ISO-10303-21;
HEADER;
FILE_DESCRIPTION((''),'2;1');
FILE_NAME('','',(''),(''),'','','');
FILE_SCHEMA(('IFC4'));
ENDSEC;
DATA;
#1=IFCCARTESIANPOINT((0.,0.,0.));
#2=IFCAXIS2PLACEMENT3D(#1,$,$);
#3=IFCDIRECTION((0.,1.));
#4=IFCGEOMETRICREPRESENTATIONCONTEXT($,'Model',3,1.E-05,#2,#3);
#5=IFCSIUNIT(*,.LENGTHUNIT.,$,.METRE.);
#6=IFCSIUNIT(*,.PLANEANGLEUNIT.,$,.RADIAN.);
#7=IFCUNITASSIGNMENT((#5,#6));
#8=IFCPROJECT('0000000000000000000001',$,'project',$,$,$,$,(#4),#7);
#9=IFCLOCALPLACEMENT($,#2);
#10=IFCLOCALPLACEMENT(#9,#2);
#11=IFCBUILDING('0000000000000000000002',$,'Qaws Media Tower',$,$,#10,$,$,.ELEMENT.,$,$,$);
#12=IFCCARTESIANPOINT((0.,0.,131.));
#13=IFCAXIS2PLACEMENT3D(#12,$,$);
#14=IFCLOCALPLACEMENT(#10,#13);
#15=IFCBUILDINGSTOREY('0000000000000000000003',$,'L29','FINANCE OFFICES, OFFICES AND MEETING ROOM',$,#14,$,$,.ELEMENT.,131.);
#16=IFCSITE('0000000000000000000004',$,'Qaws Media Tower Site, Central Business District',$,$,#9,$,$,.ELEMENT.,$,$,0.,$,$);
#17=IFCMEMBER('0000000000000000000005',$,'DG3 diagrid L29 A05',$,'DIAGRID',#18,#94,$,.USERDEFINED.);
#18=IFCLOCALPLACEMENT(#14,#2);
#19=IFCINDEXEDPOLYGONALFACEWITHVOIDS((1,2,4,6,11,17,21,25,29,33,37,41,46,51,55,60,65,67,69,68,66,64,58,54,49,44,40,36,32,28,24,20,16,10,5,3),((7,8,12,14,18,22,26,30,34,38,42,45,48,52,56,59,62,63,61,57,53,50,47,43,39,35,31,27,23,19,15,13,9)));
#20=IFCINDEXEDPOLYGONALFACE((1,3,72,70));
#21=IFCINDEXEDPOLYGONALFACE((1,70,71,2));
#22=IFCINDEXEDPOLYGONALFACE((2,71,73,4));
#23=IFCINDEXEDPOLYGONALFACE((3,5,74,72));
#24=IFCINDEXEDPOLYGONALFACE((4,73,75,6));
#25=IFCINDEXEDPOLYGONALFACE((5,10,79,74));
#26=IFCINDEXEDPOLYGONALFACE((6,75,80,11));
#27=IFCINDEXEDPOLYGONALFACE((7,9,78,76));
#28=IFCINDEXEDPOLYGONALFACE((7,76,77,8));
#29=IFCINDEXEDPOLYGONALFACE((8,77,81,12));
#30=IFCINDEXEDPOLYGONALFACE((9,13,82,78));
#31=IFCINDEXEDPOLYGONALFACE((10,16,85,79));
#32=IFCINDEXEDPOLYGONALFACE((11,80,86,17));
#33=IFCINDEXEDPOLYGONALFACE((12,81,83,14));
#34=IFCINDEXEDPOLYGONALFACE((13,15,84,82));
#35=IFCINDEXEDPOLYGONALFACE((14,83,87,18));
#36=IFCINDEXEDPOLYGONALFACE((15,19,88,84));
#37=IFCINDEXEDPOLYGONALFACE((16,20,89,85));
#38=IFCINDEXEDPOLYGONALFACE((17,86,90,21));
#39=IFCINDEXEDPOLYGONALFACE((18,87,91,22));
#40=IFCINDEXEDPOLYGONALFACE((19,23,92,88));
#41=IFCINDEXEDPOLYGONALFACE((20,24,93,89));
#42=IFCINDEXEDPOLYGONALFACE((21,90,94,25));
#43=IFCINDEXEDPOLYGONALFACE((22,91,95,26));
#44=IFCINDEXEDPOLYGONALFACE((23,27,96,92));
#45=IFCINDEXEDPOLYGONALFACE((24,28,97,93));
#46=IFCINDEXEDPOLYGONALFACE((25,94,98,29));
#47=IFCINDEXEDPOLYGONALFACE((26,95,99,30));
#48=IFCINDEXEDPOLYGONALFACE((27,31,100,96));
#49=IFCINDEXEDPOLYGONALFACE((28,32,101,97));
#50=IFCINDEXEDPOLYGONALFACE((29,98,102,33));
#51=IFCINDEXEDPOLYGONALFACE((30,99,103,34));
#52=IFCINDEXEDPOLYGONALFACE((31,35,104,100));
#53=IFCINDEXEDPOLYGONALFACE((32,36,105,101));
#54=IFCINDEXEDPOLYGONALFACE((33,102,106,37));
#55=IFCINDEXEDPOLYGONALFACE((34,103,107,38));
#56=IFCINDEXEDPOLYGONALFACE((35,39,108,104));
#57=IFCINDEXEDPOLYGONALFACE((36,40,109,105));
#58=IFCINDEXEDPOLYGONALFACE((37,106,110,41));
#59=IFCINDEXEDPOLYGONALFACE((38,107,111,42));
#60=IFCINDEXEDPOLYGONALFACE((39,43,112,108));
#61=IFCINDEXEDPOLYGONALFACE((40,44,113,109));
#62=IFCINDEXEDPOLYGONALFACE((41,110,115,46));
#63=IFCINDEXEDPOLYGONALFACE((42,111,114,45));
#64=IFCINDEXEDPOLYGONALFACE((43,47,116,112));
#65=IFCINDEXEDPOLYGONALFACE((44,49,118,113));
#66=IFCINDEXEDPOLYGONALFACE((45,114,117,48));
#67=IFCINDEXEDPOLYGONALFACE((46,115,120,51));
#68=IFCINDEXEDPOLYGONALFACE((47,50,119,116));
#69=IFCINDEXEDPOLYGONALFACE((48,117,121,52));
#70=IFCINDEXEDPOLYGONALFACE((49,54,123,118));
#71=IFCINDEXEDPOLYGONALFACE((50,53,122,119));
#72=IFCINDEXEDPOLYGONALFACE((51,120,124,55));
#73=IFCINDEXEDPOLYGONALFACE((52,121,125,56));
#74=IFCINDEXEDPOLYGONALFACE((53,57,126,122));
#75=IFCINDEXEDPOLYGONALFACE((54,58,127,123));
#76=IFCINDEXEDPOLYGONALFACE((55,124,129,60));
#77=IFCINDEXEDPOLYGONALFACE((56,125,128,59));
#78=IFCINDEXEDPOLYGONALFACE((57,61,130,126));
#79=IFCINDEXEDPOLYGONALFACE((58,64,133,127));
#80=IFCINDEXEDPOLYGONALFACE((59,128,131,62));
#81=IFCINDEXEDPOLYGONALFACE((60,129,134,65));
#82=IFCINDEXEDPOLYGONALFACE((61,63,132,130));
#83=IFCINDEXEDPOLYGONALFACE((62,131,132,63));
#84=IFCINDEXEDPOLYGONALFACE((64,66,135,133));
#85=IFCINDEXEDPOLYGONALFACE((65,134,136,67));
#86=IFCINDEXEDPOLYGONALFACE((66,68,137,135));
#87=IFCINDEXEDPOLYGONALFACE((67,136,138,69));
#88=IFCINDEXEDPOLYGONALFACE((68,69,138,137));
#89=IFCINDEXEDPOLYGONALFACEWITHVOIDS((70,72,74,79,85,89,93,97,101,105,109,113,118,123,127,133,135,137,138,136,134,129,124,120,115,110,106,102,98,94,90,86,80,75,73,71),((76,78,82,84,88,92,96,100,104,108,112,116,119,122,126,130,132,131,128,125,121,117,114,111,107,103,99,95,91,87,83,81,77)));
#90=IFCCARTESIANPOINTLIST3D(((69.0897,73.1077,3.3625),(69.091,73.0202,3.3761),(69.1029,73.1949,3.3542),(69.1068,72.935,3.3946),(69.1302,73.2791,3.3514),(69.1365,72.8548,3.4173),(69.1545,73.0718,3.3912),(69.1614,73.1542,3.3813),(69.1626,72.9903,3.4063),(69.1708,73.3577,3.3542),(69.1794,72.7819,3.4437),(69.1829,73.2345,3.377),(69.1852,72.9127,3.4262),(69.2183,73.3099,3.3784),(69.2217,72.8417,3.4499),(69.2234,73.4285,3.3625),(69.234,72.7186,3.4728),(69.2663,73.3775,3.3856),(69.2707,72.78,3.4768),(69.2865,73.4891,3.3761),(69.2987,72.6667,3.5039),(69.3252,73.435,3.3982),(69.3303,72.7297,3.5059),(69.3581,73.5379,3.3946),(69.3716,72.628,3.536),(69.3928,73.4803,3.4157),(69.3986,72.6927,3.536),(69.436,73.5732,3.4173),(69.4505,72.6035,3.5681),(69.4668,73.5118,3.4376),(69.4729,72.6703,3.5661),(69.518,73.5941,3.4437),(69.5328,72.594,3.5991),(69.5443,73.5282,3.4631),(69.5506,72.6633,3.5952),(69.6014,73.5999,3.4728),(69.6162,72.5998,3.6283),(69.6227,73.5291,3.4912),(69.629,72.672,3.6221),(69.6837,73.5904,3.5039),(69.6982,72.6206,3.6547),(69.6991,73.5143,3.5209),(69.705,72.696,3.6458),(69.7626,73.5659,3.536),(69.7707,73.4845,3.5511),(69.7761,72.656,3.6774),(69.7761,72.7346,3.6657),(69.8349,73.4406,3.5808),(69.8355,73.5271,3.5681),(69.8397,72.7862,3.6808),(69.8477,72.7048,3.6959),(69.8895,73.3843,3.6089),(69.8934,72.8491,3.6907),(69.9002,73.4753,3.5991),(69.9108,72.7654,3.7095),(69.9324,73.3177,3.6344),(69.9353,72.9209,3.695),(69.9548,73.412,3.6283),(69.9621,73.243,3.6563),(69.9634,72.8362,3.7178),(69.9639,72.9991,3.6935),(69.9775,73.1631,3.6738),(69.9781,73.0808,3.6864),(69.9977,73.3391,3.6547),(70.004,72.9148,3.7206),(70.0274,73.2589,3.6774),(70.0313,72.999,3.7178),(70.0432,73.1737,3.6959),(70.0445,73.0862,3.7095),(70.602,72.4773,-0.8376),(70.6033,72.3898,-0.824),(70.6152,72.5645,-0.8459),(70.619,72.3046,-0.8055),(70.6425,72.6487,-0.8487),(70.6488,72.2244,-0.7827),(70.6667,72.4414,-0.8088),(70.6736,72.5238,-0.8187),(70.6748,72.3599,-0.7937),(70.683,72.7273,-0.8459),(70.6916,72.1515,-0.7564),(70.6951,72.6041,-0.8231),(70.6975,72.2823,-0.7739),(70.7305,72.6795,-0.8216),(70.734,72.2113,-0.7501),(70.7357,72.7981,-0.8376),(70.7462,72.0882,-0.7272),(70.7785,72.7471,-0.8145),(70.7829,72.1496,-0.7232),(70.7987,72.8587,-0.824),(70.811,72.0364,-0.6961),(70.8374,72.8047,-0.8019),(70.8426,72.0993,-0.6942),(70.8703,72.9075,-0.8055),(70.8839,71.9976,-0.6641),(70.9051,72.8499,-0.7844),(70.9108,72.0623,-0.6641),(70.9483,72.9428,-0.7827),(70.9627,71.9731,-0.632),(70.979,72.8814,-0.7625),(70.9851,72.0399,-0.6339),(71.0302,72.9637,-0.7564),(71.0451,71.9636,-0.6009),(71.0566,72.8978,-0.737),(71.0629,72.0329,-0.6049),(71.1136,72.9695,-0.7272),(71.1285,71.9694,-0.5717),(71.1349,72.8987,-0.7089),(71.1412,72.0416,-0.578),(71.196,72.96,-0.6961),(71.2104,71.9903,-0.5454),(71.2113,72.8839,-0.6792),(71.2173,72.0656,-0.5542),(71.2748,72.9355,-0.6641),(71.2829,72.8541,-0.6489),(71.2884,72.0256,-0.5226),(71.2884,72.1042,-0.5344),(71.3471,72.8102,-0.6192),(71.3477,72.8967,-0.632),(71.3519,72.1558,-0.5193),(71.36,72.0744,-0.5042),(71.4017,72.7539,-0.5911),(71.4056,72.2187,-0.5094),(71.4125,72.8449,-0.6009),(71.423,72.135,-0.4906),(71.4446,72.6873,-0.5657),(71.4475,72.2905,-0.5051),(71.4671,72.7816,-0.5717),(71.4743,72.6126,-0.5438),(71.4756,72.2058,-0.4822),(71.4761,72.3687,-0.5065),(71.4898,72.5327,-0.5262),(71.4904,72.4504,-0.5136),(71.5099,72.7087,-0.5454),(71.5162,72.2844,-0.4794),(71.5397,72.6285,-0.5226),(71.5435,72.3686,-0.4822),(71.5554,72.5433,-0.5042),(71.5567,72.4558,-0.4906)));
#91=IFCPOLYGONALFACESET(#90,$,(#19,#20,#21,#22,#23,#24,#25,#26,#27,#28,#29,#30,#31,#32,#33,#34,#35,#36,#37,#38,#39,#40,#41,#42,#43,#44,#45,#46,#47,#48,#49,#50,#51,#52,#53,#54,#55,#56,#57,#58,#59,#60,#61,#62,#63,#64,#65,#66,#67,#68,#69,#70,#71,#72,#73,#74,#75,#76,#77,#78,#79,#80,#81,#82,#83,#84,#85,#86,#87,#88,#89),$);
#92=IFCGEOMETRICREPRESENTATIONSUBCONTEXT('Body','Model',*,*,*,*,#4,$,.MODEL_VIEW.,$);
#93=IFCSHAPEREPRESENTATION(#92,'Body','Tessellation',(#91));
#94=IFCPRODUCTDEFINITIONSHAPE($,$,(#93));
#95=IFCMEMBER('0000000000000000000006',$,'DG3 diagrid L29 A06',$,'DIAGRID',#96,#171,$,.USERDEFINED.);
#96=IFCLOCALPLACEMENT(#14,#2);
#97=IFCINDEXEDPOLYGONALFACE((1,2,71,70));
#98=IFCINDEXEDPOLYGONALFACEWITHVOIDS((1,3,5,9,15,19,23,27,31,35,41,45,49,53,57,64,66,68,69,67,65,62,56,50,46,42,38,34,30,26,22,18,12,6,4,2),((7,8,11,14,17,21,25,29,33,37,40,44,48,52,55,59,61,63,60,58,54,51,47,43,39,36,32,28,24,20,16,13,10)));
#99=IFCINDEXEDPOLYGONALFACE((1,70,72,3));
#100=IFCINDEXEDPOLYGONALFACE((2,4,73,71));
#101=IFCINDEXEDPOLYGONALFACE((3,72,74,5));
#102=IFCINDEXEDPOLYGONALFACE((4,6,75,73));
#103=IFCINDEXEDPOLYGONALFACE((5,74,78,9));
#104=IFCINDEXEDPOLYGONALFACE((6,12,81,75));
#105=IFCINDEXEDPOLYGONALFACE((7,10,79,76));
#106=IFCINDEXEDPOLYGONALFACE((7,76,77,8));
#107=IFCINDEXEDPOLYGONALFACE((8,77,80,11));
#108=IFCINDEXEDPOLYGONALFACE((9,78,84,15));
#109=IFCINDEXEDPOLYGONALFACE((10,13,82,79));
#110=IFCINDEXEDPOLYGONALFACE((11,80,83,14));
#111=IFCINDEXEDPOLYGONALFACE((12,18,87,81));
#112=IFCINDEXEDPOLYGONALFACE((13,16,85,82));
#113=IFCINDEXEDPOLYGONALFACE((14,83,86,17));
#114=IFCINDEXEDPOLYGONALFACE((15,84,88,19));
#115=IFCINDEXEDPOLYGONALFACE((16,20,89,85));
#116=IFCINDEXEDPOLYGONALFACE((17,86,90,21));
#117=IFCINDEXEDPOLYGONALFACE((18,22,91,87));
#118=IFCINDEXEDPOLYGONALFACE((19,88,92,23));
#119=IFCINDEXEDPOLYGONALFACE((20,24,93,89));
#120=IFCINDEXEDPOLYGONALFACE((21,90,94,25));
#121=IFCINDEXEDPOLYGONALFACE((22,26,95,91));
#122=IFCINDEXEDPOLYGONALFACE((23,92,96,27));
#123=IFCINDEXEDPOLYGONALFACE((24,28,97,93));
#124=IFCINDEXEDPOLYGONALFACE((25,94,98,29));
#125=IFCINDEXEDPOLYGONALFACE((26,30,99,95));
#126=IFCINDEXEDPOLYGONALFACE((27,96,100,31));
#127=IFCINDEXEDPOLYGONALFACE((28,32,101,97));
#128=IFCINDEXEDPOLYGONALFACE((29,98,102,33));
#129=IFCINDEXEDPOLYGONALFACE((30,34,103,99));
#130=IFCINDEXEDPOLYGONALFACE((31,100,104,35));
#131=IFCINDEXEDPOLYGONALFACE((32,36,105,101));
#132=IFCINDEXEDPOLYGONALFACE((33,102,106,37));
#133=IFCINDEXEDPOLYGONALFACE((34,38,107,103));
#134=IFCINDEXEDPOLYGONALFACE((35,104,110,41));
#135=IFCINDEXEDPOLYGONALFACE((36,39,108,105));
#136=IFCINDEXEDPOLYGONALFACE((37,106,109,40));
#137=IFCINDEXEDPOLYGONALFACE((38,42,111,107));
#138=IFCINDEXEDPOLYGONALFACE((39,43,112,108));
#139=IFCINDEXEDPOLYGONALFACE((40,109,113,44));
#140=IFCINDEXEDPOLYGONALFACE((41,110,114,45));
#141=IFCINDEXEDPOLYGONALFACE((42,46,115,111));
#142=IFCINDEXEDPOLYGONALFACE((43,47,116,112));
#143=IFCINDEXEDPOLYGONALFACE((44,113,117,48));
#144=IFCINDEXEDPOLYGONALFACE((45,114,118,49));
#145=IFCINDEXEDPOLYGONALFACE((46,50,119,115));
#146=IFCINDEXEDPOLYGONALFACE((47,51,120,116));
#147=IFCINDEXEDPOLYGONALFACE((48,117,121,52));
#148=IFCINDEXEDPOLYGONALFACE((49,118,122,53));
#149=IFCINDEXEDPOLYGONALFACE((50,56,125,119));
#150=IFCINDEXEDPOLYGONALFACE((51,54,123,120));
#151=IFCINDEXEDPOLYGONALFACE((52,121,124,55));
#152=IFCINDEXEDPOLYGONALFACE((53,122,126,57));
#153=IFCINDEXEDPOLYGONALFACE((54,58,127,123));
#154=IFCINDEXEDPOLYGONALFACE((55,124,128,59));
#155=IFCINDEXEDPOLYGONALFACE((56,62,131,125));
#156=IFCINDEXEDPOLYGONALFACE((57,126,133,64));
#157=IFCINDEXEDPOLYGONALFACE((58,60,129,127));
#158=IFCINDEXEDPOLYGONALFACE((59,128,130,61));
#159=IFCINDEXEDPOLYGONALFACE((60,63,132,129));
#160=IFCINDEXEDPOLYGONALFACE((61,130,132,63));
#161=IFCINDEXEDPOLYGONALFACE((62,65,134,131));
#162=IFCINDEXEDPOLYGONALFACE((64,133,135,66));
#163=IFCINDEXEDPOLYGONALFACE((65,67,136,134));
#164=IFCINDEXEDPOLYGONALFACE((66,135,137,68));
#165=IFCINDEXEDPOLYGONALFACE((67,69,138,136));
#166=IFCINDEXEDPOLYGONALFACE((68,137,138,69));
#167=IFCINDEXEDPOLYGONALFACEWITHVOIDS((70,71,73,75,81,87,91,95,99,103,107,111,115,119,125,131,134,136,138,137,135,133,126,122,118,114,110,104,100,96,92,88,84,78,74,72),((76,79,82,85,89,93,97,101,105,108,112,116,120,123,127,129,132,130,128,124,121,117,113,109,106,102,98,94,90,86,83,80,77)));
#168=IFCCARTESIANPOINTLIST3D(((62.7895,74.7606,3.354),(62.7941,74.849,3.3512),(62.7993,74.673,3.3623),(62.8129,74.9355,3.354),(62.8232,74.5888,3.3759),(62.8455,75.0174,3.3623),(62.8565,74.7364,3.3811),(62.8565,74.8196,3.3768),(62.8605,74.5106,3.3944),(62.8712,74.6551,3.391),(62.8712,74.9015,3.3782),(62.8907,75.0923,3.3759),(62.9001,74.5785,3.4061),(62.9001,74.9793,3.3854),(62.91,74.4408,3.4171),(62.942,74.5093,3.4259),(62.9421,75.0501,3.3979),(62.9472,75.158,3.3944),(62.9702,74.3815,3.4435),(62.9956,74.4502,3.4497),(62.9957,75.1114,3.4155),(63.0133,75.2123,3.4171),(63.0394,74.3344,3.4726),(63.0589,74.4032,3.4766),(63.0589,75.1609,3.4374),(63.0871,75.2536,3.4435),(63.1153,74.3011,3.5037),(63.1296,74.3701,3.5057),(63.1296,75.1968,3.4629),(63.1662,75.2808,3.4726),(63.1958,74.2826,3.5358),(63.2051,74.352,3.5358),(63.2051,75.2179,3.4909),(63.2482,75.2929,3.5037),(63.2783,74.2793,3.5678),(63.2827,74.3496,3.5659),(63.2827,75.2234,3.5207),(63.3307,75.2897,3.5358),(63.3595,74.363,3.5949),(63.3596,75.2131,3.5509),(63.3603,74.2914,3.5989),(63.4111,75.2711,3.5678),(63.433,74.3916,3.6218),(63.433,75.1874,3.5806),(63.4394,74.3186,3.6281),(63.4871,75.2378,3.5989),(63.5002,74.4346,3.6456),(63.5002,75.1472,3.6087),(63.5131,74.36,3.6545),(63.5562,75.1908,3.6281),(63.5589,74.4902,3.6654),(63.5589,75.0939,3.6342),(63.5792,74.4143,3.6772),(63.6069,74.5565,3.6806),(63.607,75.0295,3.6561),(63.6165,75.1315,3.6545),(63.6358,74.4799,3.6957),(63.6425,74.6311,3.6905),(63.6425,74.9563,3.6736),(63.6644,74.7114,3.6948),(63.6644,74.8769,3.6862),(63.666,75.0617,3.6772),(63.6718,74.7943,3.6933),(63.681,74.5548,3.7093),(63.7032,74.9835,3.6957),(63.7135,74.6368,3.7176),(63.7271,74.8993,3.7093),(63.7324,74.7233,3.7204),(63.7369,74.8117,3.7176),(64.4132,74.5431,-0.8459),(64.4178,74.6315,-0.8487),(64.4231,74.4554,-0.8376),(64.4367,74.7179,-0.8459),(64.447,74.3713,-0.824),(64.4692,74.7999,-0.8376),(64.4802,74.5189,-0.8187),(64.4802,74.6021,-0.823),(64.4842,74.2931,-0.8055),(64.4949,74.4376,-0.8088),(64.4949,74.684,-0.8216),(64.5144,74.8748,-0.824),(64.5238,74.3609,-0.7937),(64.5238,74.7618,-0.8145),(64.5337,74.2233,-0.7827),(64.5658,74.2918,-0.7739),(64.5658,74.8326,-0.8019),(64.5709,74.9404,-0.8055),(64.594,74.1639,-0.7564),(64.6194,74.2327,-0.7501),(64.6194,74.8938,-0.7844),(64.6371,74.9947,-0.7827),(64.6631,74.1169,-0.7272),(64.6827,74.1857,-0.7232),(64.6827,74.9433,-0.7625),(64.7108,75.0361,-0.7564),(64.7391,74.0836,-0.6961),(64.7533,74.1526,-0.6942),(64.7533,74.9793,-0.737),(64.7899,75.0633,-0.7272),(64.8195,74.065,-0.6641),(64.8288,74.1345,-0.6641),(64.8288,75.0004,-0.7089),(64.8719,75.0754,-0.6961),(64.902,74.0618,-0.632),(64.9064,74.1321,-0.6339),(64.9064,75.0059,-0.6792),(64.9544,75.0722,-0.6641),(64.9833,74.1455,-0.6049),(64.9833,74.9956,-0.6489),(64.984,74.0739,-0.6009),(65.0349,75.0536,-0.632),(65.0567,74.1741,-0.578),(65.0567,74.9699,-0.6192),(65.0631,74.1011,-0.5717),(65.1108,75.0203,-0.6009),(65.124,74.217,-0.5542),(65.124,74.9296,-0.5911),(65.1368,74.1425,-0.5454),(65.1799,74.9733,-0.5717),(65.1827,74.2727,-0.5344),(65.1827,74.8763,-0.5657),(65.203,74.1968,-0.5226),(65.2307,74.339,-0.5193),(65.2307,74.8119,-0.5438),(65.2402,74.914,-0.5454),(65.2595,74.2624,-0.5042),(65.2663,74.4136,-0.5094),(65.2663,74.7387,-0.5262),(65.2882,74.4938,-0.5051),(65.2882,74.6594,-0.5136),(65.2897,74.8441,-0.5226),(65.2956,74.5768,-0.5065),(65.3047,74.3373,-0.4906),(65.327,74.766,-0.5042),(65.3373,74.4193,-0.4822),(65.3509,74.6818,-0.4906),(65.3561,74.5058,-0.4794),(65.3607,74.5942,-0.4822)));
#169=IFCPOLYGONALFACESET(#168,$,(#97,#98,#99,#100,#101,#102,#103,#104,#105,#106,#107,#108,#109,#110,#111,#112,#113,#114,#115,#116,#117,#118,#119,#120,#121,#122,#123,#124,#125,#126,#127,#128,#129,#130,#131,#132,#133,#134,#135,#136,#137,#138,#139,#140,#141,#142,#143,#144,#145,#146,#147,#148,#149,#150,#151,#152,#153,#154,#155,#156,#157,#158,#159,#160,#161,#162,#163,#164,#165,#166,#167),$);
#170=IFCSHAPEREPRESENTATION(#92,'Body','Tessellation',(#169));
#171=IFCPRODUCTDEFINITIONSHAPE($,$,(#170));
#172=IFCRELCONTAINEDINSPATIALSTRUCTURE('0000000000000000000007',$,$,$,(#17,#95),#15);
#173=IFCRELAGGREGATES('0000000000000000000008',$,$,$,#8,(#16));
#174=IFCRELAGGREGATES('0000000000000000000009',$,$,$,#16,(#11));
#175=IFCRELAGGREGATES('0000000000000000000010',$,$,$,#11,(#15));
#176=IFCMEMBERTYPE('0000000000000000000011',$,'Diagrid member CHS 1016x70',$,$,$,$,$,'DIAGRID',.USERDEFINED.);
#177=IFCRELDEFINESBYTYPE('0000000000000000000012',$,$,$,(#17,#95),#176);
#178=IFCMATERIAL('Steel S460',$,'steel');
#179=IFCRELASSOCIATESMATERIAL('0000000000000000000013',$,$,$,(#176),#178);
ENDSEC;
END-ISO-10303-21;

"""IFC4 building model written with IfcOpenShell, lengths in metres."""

from ifc_helpers import new_model, si_unit, direction, frame, origin, origin_2d, place, context, subcontext, project, spatial, hollow_circle, extrude, material, material_profile, profile_set, type_object, element, save


model = new_model("IFC4")

# Units and contexts
model_context = context("Model", 3, precision=1e-05, world=origin(), true_north=direction((0.0, 1.0)))
body_context = subcontext(model_context, "Body", "Model", "MODEL_VIEW")
ifc_project = project(units=[si_unit("LENGTHUNIT", "METRE"), si_unit("PLANEANGLEUNIT", "RADIAN")], contexts=[model_context])

# Site, building, storey
site_placement = place(None, origin())
site = spatial("IfcSite", under=ifc_project, at=site_placement, Name="Qaws Media Tower Site, Central Business District", CompositionType="ELEMENT", RefElevation=0.0)
building_placement = place(site_placement, origin())
building = spatial("IfcBuilding", under=site, at=building_placement, Name="Qaws Media Tower", CompositionType="ELEMENT")
storey_placement = place(building_placement, frame((0.0, 0.0, 131.0)))
storey = spatial("IfcBuildingStorey", under=building, at=storey_placement, Name="L29", Description="FINANCE OFFICES, OFFICES AND MEETING ROOM", CompositionType="ELEMENT", Elevation=131.0)

# Members
ifc_material_1 = material(Name="Steel S460", Category="steel")
ifc_material_profile_1 = material_profile(ifc_material_1, hollow_circle(Radius=0.5081, WallThickness=0.0701, at=origin_2d()), Name="CHS 1016x70")
ifc_profile_set_1 = profile_set([ifc_material_profile_1], Name="Steel S460")
member_type_1 = type_object("IfcMemberType", Name="Diagrid member CHS 1016x70", ElementType="DIAGRID", PredefinedType="USERDEFINED", material=ifc_profile_set_1)
member_1_placement = place(storey_placement, frame((71.0793, 72.4666, -0.6641), z_axis=(-0.335436, 0.139828, 0.931628), x_axis=(-0.384764, -0.923015, 0.0)))
element("IfcMember", 1, at=member_1_placement, inside=storey, type_object=member_type_1, Name="DG3 diagrid L29 A05", ObjectType="DIAGRID", PredefinedType="USERDEFINED", context=body_context, shape_type="SweptSolid", body=[
    extrude(hollow_circle(Radius=0.5081, WallThickness=0.0701, at=origin_2d()), origin(), (0.0, 0.0, 1.0), 4.5083),
])
member_2_placement = place(storey_placement, frame((64.887, 74.5686, -0.6641), z_axis=(-0.360186, 0.048252, 0.931632), x_axis=(-0.132779, -0.991146, 0.0)))
element("IfcMember", 2, at=member_2_placement, inside=storey, type_object=member_type_1, Name="DG3 diagrid L29 A06", ObjectType="DIAGRID", PredefinedType="USERDEFINED", context=body_context, shape_type="SweptSolid", body=[
    extrude(hollow_circle(Radius=0.5081, WallThickness=0.0701, at=origin_2d()), origin(), (0.0, 0.0, 1.0), 4.5081),
])

save(model, "model.ifc")
